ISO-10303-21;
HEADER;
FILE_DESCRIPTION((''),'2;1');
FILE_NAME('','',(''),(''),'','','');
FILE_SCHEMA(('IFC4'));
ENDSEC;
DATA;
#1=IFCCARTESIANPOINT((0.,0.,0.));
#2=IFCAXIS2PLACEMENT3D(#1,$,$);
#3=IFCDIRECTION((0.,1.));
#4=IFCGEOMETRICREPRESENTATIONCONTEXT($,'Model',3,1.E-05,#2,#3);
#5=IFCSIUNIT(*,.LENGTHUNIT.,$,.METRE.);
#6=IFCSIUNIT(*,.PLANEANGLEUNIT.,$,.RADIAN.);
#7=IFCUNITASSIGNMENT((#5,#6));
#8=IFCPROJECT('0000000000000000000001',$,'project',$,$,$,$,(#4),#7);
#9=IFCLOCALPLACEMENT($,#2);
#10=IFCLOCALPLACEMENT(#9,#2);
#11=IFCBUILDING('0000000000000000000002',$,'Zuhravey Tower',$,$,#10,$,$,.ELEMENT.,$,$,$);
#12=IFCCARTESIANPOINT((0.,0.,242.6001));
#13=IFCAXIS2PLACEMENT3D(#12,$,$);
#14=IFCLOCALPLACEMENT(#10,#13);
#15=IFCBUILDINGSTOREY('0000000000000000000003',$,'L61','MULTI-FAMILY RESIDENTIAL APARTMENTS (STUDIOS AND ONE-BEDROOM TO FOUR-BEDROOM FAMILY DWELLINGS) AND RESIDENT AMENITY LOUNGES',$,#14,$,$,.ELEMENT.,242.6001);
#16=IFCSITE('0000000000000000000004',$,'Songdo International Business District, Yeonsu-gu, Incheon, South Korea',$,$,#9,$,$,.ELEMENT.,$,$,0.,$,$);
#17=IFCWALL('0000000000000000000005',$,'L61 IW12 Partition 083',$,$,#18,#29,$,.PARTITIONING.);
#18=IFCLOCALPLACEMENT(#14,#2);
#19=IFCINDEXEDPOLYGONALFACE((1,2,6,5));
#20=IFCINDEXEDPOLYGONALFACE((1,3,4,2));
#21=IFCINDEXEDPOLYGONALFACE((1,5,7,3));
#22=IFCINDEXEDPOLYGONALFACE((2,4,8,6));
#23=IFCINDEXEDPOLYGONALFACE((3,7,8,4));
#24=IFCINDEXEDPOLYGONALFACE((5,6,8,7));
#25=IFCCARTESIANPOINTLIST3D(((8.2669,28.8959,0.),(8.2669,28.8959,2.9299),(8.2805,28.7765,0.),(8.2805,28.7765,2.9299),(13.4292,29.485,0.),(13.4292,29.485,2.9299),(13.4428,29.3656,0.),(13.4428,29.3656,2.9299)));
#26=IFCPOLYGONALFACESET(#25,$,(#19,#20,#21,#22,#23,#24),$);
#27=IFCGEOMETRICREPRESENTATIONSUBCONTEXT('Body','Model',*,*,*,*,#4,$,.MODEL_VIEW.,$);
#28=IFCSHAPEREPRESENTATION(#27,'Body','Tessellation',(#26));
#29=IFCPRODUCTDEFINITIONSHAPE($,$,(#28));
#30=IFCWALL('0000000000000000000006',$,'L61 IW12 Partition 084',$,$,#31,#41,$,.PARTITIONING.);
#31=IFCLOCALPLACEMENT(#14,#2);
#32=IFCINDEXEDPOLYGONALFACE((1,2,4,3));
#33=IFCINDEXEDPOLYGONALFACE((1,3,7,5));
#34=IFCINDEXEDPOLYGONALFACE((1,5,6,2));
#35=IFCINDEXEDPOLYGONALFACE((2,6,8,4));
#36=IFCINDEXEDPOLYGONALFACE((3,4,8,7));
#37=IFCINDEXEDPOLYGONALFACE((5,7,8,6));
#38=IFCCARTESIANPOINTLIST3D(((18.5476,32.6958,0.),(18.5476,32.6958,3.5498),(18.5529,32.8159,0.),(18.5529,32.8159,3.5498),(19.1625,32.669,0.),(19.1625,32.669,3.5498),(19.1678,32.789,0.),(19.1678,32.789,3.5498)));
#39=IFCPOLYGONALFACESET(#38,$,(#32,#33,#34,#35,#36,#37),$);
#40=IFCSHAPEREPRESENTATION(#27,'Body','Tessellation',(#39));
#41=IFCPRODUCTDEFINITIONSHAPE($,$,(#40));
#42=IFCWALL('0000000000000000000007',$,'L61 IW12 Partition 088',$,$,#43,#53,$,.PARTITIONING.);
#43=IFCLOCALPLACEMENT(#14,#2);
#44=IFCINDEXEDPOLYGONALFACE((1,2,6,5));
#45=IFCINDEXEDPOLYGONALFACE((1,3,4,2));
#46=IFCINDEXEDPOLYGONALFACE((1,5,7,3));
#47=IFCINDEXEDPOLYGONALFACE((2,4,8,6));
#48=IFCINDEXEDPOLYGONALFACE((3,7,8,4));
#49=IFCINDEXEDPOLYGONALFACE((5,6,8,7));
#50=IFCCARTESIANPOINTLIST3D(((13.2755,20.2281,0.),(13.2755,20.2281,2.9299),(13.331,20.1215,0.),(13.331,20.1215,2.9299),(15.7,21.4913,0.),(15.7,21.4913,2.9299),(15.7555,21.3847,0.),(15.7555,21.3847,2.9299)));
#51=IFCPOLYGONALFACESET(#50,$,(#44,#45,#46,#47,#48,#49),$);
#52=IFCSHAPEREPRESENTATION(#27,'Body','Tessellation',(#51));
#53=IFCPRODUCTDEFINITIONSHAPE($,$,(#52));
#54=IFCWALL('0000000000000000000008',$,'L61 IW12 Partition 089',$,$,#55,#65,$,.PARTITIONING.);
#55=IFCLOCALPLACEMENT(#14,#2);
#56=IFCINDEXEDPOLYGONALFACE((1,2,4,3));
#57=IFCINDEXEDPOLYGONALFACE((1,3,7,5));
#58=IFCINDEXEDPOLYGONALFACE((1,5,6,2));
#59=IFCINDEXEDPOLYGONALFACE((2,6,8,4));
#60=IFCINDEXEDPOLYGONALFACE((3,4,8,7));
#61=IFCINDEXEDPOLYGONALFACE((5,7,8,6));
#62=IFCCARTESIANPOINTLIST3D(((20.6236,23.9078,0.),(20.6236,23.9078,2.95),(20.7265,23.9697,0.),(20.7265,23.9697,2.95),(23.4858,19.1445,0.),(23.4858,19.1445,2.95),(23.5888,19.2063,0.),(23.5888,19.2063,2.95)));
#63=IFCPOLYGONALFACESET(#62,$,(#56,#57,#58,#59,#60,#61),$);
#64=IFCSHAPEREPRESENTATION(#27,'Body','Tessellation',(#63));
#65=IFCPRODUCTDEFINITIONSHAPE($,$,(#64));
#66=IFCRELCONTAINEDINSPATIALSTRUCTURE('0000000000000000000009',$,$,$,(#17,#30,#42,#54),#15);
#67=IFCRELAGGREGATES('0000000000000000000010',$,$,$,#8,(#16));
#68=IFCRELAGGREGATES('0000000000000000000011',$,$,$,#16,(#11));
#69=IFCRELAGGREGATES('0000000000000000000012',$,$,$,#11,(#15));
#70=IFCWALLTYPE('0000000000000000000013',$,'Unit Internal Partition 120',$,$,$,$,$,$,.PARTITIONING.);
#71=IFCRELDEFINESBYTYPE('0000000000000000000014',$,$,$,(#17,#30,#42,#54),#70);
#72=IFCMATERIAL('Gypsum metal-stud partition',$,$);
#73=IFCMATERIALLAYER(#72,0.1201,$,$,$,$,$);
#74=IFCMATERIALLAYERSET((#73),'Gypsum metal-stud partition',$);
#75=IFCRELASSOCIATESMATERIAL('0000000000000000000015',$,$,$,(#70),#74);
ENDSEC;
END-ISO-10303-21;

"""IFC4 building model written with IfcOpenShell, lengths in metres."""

from ifc_helpers import new_model, si_unit, direction, frame, frame_2d, origin, place, context, subcontext, project, spatial, rectangle, extrude, material, layer, layer_set, type_object, element, save


model = new_model("IFC4")

# Units and contexts
model_context = context("Model", 3, precision=1e-05, world=origin(), true_north=direction((0.0, 1.0)))
body_context = subcontext(model_context, "Body", "Model", "MODEL_VIEW")
ifc_project = project(units=[si_unit("LENGTHUNIT", "METRE"), si_unit("PLANEANGLEUNIT", "RADIAN")], contexts=[model_context])

# Site, building, storey
site_placement = place(None, origin())
site = spatial("IfcSite", under=ifc_project, at=site_placement, Name="Songdo International Business District, Yeonsu-gu, Incheon, South Korea", CompositionType="ELEMENT", RefElevation=0.0)
building_placement = place(site_placement, origin())
building = spatial("IfcBuilding", under=site, at=building_placement, Name="Zuhravey Tower", CompositionType="ELEMENT")
storey_placement = place(building_placement, frame((0.0, 0.0, 242.6001)))
storey = spatial("IfcBuildingStorey", under=building, at=storey_placement, Name="L61", Description="MULTI-FAMILY RESIDENTIAL APARTMENTS (STUDIOS AND ONE-BEDROOM TO FOUR-BEDROOM FAMILY DWELLINGS) AND RESIDENT AMENITY LOUNGES", CompositionType="ELEMENT", Elevation=242.6001)

# Shared definitions
ifc_material_1 = material(Name="Gypsum metal-stud partition")
ifc_layer_1 = layer(ifc_material_1, 0.1201)
ifc_layer_set_1 = layer_set([ifc_layer_1], Name="Gypsum metal-stud partition")
wall_type_1 = type_object("IfcWallType", Name="Unit Internal Partition 120", PredefinedType="PARTITIONING", material=ifc_layer_set_1)

# Walls
wall_1_placement = place(storey_placement, frame((13.436, 29.4253, 0.0), z_axis=(0.0, 0.0, 1.0), x_axis=(-0.993552, -0.113381, 0.0)))
element("IfcWall", 1, at=wall_1_placement, inside=storey, type_object=wall_type_1, Name="L61 IW12 Partition 083", PredefinedType="PARTITIONING", context=body_context, shape_type="SweptSolid", body=[
    extrude(rectangle(XDim=5.1958, YDim=0.1201, at=frame_2d((2.5979, 0.0))), origin(), (0.0, 0.0, 1.0), 2.9299),
])
wall_2_placement = place(storey_placement, frame((19.165, 32.729, 0.0), z_axis=(0.0, 0.0, 1.0), x_axis=(-0.999048, 0.043627, 0.0)))
element("IfcWall", 2, at=wall_2_placement, inside=storey, type_object=wall_type_1, Name="L61 IW12 Partition 084", PredefinedType="PARTITIONING", context=body_context, shape_type="SweptSolid", body=[
    extrude(rectangle(XDim=0.6155, YDim=0.1201, at=frame_2d((0.3076, 0.0))), origin(), (0.0, 0.0, 1.0), 3.5498),
])
wall_3_placement = place(storey_placement, frame((15.7278, 21.438, 0.0), z_axis=(0.0, 0.0, 1.0), x_axis=(-0.886855, -0.462047, 0.0)))
element("IfcWall", 3, at=wall_3_placement, inside=storey, type_object=wall_type_1, Name="L61 IW12 Partition 088", PredefinedType="PARTITIONING", context=body_context, shape_type="SweptSolid", body=[
    extrude(rectangle(XDim=2.7339, YDim=0.1201, at=frame_2d((1.3669, 0.0))), origin(), (0.0, 0.0, 1.0), 2.9299),
])
wall_4_placement = place(storey_placement, frame((20.675, 23.9387, 0.0), z_axis=(0.0, 0.0, 1.0), x_axis=(0.515058, -0.857155, 0.0)))
element("IfcWall", 4, at=wall_4_placement, inside=storey, type_object=wall_type_1, Name="L61 IW12 Partition 089", PredefinedType="PARTITIONING", context=body_context, shape_type="SweptSolid", body=[
    extrude(rectangle(XDim=5.5571, YDim=0.1201, at=frame_2d((2.7786, 0.0))), origin(), (0.0, 0.0, 1.0), 2.95),
])

save(model, "model.ifc")
